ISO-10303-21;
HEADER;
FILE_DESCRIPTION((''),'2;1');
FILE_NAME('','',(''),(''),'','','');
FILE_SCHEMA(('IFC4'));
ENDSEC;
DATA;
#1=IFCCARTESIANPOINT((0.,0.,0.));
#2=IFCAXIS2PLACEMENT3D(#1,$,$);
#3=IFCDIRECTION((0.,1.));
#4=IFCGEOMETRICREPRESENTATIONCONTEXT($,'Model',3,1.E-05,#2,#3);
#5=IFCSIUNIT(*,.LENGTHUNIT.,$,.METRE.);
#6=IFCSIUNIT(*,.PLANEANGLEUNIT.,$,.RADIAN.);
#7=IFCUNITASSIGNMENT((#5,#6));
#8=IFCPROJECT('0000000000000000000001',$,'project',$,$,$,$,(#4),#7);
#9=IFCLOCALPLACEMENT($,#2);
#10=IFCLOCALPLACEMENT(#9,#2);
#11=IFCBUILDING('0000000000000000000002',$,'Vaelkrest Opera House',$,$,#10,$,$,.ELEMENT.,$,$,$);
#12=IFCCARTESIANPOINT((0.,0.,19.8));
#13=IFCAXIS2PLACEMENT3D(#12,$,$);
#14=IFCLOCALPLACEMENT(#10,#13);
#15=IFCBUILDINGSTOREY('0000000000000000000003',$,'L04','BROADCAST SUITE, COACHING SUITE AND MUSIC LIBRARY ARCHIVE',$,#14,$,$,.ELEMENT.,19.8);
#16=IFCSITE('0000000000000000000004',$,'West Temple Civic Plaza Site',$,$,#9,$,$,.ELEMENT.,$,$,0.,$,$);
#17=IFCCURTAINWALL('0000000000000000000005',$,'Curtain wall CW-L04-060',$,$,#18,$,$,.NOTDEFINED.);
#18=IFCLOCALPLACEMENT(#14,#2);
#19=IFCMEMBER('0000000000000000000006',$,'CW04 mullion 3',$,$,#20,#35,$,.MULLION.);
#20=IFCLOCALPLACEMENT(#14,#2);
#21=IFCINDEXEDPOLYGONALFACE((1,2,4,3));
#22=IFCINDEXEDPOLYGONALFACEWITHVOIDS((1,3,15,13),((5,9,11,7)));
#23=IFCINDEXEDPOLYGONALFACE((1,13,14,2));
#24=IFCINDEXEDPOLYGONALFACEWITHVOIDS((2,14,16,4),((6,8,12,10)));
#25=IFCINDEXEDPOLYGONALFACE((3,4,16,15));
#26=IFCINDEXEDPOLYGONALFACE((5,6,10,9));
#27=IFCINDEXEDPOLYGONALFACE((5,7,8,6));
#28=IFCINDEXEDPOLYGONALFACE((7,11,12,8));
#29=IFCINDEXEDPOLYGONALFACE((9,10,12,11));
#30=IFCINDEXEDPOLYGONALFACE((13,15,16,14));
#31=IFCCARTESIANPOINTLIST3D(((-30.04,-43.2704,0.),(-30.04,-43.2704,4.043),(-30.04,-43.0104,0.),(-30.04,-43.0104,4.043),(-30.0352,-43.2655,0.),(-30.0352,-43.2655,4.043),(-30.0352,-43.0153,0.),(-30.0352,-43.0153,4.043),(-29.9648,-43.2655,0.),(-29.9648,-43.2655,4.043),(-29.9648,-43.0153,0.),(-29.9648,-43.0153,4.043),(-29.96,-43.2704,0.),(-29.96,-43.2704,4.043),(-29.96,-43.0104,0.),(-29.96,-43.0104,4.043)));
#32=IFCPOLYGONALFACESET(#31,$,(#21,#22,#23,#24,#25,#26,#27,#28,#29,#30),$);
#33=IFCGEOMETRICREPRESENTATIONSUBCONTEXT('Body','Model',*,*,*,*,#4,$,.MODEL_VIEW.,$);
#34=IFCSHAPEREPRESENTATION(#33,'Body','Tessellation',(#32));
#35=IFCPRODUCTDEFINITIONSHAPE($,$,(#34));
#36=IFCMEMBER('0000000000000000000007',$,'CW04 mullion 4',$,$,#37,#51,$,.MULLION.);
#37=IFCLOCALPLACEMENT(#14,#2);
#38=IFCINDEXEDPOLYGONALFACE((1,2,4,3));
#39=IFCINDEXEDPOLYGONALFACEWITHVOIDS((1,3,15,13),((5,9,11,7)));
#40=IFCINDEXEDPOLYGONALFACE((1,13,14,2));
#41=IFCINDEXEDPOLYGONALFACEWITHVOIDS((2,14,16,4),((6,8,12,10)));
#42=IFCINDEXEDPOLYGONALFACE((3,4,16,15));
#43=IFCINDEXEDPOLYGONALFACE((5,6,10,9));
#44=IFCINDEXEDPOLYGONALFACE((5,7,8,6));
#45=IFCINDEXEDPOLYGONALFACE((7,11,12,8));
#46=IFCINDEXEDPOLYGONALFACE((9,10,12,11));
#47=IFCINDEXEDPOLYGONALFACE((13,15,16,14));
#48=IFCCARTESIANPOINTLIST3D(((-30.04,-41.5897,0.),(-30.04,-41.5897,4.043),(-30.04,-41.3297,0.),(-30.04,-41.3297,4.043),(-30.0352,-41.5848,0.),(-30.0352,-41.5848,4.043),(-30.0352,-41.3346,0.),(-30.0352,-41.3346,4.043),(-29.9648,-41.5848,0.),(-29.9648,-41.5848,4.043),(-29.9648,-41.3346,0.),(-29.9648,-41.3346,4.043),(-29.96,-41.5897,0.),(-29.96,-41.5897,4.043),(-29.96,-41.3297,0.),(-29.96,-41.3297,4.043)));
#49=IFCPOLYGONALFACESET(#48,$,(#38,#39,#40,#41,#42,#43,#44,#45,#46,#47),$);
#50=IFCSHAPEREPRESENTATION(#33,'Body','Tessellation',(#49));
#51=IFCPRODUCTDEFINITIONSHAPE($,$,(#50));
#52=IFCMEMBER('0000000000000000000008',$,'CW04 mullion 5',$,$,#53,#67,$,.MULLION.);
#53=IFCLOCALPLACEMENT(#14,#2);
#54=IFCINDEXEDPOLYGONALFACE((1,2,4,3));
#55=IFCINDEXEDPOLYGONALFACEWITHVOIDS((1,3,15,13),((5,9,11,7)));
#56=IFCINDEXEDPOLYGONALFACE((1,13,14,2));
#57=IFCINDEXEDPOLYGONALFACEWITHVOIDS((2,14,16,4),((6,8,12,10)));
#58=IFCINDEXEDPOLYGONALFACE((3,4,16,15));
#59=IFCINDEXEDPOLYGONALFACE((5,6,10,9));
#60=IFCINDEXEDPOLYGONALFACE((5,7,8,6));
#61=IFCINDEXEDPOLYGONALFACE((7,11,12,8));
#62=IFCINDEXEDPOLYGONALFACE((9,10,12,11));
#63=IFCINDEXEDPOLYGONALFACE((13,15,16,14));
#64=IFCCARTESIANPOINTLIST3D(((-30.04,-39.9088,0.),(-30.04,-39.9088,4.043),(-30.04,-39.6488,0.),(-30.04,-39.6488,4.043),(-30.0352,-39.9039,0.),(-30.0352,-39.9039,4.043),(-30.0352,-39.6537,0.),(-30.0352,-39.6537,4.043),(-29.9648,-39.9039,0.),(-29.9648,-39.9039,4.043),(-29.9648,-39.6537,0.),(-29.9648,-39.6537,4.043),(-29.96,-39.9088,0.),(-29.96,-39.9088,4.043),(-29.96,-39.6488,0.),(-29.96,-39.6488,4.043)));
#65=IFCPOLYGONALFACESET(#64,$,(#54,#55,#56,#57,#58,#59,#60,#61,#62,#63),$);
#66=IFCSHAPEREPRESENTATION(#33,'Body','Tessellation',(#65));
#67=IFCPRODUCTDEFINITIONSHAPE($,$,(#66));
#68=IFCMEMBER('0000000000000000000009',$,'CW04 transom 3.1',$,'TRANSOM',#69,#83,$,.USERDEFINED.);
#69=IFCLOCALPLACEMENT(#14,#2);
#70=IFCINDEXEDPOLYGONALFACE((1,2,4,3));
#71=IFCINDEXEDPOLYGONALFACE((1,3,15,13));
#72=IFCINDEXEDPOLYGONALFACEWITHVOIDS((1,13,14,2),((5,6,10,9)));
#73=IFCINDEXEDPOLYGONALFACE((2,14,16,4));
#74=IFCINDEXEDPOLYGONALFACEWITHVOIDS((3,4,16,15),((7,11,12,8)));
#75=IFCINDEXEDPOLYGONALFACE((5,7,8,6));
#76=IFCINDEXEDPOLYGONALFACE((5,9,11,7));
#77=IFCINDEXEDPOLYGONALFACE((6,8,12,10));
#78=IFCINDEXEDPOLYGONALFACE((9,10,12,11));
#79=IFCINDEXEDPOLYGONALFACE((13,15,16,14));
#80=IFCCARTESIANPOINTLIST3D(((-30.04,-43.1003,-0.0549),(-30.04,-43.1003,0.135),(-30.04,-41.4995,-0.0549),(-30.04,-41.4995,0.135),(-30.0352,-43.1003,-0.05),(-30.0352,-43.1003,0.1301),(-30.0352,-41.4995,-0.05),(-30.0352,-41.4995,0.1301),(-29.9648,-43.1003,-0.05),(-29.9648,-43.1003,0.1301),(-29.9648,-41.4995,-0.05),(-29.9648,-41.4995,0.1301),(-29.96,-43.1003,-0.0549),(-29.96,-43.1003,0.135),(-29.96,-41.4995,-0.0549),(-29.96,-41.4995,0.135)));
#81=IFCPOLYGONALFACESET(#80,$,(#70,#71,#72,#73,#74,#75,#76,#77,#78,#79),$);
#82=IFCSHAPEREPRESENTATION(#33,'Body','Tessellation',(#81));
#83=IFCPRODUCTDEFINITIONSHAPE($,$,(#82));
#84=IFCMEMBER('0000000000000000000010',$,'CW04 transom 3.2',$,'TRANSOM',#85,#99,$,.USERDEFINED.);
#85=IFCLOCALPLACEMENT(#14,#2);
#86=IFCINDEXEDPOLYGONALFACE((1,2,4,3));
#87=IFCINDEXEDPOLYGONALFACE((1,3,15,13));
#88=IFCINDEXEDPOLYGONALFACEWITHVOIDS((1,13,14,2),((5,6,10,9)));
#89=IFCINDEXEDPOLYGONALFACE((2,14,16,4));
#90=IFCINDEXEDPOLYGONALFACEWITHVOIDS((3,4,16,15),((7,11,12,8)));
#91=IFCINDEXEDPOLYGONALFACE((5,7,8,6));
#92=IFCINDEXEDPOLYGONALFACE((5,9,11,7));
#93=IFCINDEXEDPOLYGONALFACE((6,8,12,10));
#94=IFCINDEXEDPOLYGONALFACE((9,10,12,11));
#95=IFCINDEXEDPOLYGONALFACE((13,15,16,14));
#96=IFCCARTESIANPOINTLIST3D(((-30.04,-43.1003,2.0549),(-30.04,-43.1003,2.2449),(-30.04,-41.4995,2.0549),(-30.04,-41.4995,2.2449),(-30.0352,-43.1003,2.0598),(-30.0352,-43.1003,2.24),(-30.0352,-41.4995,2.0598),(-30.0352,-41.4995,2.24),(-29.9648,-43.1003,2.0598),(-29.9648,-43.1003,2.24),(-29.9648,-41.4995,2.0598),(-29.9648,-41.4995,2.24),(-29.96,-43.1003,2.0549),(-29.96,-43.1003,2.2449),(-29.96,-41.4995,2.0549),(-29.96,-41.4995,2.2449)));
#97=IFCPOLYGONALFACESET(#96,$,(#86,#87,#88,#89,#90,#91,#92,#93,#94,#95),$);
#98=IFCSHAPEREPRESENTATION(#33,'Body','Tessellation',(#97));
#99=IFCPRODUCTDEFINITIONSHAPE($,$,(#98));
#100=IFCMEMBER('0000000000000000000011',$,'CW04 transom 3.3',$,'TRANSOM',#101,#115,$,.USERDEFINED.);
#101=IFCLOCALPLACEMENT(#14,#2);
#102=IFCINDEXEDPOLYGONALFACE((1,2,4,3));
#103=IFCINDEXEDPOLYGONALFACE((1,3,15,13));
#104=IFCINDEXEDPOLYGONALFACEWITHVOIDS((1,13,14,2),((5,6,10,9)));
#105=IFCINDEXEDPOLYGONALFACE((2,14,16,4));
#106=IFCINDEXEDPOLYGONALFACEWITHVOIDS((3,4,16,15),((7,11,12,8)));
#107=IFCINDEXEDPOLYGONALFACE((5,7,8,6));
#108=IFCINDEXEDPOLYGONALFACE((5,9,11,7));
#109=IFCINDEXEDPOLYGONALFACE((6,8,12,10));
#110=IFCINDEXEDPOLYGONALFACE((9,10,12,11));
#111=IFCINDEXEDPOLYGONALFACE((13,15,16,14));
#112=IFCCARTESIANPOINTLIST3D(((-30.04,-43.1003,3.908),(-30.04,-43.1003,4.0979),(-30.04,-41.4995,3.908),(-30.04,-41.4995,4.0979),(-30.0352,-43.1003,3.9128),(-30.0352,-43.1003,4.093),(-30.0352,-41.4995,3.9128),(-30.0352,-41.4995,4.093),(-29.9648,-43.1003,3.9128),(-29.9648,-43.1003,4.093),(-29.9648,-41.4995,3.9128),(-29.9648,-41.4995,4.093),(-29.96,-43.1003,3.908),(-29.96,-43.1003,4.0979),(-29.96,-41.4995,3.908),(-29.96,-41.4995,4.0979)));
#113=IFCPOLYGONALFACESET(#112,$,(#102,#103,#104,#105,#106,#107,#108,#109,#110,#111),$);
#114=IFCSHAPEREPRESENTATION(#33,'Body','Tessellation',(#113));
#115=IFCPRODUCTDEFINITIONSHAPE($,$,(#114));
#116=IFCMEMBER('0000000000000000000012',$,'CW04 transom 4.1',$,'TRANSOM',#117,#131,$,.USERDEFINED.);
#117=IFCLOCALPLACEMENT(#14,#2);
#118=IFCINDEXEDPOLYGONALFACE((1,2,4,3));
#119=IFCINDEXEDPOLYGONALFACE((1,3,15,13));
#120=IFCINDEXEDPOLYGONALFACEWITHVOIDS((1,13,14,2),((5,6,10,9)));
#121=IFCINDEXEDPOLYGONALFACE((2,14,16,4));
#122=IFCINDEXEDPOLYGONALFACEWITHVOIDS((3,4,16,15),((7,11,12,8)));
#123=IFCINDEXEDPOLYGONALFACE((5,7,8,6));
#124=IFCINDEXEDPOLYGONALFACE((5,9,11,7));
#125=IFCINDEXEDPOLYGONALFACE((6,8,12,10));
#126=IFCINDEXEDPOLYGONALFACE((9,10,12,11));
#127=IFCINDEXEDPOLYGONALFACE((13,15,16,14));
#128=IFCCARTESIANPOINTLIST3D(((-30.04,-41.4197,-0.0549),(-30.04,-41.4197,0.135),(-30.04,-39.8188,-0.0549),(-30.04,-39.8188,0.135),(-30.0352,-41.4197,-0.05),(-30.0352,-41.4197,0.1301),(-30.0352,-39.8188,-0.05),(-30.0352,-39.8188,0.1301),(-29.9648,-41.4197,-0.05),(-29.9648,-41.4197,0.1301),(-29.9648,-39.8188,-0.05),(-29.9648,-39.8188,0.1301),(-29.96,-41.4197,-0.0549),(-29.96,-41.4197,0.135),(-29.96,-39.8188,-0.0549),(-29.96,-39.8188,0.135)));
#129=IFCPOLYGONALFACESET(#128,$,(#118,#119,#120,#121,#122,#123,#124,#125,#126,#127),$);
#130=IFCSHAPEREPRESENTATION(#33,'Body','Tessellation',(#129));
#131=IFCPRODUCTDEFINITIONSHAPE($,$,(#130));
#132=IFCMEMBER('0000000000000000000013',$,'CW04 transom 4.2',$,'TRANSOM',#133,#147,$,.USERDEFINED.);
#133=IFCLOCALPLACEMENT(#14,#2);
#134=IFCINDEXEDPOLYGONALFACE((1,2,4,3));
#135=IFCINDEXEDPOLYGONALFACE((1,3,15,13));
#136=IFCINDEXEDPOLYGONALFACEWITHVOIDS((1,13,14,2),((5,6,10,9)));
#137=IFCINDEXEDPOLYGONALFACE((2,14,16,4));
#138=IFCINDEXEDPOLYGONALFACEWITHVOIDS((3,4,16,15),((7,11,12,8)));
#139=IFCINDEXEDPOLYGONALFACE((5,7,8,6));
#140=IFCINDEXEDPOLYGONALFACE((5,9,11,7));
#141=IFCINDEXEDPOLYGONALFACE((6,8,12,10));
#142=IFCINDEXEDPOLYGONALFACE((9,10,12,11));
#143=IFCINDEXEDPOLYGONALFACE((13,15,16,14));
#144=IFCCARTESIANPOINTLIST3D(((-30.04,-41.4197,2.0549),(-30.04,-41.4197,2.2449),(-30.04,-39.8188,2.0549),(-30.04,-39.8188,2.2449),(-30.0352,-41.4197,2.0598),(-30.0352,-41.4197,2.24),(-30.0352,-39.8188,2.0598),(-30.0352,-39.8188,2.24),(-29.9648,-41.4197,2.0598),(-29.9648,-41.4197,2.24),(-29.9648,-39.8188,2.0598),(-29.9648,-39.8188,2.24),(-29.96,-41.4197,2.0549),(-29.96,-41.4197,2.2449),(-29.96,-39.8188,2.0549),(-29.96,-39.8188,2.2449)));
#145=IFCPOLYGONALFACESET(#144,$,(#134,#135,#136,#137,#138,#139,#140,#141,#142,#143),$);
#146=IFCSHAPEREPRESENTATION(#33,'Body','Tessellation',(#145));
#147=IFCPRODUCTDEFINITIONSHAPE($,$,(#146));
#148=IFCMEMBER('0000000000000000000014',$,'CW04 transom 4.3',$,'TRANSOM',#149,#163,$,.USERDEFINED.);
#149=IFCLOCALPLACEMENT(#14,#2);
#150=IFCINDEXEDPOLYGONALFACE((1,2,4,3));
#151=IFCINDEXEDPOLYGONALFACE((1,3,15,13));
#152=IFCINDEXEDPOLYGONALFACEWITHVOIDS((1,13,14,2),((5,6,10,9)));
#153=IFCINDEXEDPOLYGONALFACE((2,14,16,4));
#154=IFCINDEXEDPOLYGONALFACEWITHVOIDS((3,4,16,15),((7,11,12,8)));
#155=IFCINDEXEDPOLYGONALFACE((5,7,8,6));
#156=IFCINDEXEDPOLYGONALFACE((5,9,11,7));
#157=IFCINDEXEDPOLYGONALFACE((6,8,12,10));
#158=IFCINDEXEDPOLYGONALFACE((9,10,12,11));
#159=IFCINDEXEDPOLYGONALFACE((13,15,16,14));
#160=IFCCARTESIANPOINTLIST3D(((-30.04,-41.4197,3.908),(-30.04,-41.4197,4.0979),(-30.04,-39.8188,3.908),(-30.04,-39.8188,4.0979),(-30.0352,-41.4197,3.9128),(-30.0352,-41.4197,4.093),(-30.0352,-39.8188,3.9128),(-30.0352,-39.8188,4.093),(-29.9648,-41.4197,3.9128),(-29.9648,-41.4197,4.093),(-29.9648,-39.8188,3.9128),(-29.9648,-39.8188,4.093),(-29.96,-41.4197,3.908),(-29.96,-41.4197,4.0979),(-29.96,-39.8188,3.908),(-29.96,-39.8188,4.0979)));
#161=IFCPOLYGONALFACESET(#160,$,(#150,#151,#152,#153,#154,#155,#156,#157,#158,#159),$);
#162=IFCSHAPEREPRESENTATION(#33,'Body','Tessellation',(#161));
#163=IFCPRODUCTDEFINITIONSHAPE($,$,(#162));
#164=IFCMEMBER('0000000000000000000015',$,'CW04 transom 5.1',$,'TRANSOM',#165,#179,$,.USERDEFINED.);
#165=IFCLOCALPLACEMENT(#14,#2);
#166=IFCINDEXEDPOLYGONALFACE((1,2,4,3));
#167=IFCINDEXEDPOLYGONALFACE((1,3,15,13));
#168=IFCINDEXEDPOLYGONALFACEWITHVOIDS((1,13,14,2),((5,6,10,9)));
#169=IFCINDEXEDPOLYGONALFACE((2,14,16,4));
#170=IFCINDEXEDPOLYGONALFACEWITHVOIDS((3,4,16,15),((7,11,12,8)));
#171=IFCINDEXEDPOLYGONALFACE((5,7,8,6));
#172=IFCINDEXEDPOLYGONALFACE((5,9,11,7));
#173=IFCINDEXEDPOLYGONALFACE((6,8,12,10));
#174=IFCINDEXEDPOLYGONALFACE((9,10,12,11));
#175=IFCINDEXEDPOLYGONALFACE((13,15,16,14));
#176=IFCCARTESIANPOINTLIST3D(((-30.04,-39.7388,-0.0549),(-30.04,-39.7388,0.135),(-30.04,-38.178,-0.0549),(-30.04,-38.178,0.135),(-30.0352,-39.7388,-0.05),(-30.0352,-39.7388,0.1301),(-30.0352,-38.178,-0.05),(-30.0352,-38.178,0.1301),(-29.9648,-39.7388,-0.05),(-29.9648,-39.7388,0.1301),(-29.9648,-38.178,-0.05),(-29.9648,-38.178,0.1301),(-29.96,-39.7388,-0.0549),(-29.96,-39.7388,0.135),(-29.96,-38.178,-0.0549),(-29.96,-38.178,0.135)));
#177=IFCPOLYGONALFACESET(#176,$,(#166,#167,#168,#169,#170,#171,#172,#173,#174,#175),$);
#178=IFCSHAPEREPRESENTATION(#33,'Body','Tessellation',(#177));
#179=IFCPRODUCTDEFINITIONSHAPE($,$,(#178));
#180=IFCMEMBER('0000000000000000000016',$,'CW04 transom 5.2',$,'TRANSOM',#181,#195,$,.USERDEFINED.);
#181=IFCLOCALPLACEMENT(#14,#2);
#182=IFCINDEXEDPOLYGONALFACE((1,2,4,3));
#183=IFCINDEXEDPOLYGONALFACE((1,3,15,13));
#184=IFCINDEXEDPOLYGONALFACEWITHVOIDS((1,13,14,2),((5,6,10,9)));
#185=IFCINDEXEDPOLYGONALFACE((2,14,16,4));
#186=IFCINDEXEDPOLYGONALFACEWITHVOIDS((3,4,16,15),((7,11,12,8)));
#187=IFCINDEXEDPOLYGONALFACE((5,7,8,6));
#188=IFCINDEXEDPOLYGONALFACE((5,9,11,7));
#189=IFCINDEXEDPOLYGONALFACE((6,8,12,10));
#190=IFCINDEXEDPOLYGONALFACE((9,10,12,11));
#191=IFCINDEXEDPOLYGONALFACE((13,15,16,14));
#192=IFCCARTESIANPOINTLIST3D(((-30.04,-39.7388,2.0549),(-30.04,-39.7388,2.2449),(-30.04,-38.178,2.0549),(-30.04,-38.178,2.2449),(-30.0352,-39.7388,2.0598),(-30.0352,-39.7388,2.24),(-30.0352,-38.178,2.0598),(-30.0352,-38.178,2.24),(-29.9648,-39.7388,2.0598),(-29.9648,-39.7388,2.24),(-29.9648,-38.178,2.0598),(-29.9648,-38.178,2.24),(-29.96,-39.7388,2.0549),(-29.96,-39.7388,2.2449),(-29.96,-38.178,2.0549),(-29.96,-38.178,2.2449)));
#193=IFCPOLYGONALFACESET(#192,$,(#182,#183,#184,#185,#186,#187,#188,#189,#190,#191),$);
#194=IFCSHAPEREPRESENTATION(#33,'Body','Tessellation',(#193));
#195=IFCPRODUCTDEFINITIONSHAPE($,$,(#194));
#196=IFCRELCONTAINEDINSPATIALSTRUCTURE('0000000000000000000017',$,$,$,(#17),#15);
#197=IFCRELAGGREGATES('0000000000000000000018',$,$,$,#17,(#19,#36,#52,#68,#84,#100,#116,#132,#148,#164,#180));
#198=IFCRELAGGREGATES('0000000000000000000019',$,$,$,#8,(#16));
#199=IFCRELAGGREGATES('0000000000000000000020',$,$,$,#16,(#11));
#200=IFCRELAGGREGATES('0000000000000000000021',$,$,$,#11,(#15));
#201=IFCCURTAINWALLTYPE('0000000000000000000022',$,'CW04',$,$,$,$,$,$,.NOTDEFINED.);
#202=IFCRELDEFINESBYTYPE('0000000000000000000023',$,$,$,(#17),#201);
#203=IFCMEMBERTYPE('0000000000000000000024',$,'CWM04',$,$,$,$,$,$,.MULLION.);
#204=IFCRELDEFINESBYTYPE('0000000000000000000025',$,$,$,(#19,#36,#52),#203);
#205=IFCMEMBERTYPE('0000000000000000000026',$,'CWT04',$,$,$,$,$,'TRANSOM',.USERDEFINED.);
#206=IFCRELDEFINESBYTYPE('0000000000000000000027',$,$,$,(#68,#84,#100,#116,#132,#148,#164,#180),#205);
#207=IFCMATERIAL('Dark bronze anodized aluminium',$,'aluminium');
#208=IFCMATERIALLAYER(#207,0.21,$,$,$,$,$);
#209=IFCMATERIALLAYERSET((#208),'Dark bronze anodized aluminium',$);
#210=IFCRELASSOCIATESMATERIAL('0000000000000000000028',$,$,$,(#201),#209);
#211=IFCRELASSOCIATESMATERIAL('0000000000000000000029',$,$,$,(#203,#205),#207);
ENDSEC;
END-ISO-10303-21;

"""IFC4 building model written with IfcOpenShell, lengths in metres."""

from ifc_helpers import new_model, si_unit, direction, frame, origin, origin_2d, place, context, subcontext, project, spatial, hollow_rectangle, extrude, material, layer, layer_set, material_profile, profile_set, type_object, element, aggregate, save


model = new_model("IFC4")

# Units and contexts
model_context = context("Model", 3, precision=1e-05, world=origin(), true_north=direction((0.0, 1.0)))
body_context = subcontext(model_context, "Body", "Model", "MODEL_VIEW")
ifc_project = project(units=[si_unit("LENGTHUNIT", "METRE"), si_unit("PLANEANGLEUNIT", "RADIAN")], contexts=[model_context])

# Site, building, storey
site_placement = place(None, origin())
site = spatial("IfcSite", under=ifc_project, at=site_placement, Name="West Temple Civic Plaza Site", CompositionType="ELEMENT", RefElevation=0.0)
building_placement = place(site_placement, origin())
building = spatial("IfcBuilding", under=site, at=building_placement, Name="Vaelkrest Opera House", CompositionType="ELEMENT")
storey_placement = place(building_placement, frame((0.0, 0.0, 19.8)))
storey = spatial("IfcBuildingStorey", under=building, at=storey_placement, Name="L04", Description="BROADCAST SUITE, COACHING SUITE AND MUSIC LIBRARY ARCHIVE", CompositionType="ELEMENT", Elevation=19.8)

# Curtain wall, members
ifc_material_1 = material(Name="Dark bronze anodized aluminium", Category="aluminium")
ifc_layer_1 = layer(ifc_material_1, 0.21)
ifc_layer_set_1 = layer_set([ifc_layer_1], Name="Dark bronze anodized aluminium")
curtain_wall_type = type_object("IfcCurtainWallType", Name="CW04", PredefinedType="NOTDEFINED", material=ifc_layer_set_1)
curtain_wall_placement = place(storey_placement, origin())
curtain_wall = element("IfcCurtainWall", 1, at=curtain_wall_placement, inside=storey, type_object=curtain_wall_type, Name="Curtain wall CW-L04-060", PredefinedType="NOTDEFINED")
ifc_material_profile_1 = material_profile(ifc_material_1, hollow_rectangle(XDim=0.0801, YDim=0.26, WallThickness=0.0049, at=origin_2d()), Name="CWM80X260")
ifc_profile_set_1 = profile_set([ifc_material_profile_1], Name="Dark bronze anodized aluminium")
member_type_1 = type_object("IfcMemberType", Name="CWM04", PredefinedType="MULLION", material=ifc_profile_set_1)
member_1_placement = place(storey_placement, frame((-30.0, -43.1404, 0.0), z_axis=(0.0, 0.0, 1.0), x_axis=(-1.0, 0.0, 0.0)))
member_1 = element("IfcMember", 2, at=member_1_placement, type_object=member_type_1, Name="CW04 mullion 3", PredefinedType="MULLION", context=body_context, shape_type="SweptSolid", body=[
    extrude(hollow_rectangle(XDim=0.0801, YDim=0.26, WallThickness=0.0049, at=origin_2d()), origin(), (0.0, 0.0, 1.0), 4.043),
])
member_2_placement = place(storey_placement, frame((-30.0, -41.4597, 0.0), z_axis=(0.0, 0.0, 1.0), x_axis=(-1.0, 0.0, 0.0)))
member_2 = element("IfcMember", 3, at=member_2_placement, type_object=member_type_1, Name="CW04 mullion 4", PredefinedType="MULLION", context=body_context, shape_type="SweptSolid", body=[
    extrude(hollow_rectangle(XDim=0.0801, YDim=0.26, WallThickness=0.0049, at=origin_2d()), origin(), (0.0, 0.0, 1.0), 4.043),
])
member_3_placement = place(storey_placement, frame((-30.0, -39.7788, 0.0), z_axis=(0.0, 0.0, 1.0), x_axis=(-1.0, 0.0, 0.0)))
member_3 = element("IfcMember", 4, at=member_3_placement, type_object=member_type_1, Name="CW04 mullion 5", PredefinedType="MULLION", context=body_context, shape_type="SweptSolid", body=[
    extrude(hollow_rectangle(XDim=0.0801, YDim=0.26, WallThickness=0.0049, at=origin_2d()), origin(), (0.0, 0.0, 1.0), 4.043),
])
ifc_material_profile_2 = material_profile(ifc_material_1, hollow_rectangle(XDim=0.0801, YDim=0.1899, WallThickness=0.0049, at=origin_2d()), Name="CWT80X190")
ifc_profile_set_2 = profile_set([ifc_material_profile_2], Name="Dark bronze anodized aluminium")
member_type_2 = type_object("IfcMemberType", Name="CWT04", ElementType="TRANSOM", PredefinedType="USERDEFINED", material=ifc_profile_set_2)
member_4_placement = place(storey_placement, frame((-30.0, -43.1003, 0.04), z_axis=(0.0, 1.0, 0.0), x_axis=(-1.0, 0.0, 0.0)))
member_4 = element("IfcMember", 5, at=member_4_placement, type_object=member_type_2, Name="CW04 transom 3.1", ObjectType="TRANSOM", PredefinedType="USERDEFINED", context=body_context, shape_type="SweptSolid", body=[
    extrude(hollow_rectangle(XDim=0.0801, YDim=0.1899, WallThickness=0.0049, at=origin_2d()), origin(), (0.0, 0.0, 1.0), 1.6008),
])
member_5_placement = place(storey_placement, frame((-30.0, -43.1003, 2.1499), z_axis=(0.0, 1.0, 0.0), x_axis=(-1.0, 0.0, 0.0)))
member_5 = element("IfcMember", 6, at=member_5_placement, type_object=member_type_2, Name="CW04 transom 3.2", ObjectType="TRANSOM", PredefinedType="USERDEFINED", context=body_context, shape_type="SweptSolid", body=[
    extrude(hollow_rectangle(XDim=0.0801, YDim=0.1899, WallThickness=0.0049, at=origin_2d()), origin(), (0.0, 0.0, 1.0), 1.6008),
])
member_6_placement = place(storey_placement, frame((-30.0, -43.1003, 4.0029), z_axis=(0.0, 1.0, 0.0), x_axis=(-1.0, 0.0, 0.0)))
member_6 = element("IfcMember", 7, at=member_6_placement, type_object=member_type_2, Name="CW04 transom 3.3", ObjectType="TRANSOM", PredefinedType="USERDEFINED", context=body_context, shape_type="SweptSolid", body=[
    extrude(hollow_rectangle(XDim=0.0801, YDim=0.1899, WallThickness=0.0049, at=origin_2d()), origin(), (0.0, 0.0, 1.0), 1.6008),
])
member_7_placement = place(storey_placement, frame((-30.0, -41.4197, 0.04), z_axis=(0.0, 1.0, 0.0), x_axis=(-1.0, 0.0, 0.0)))
member_7 = element("IfcMember", 8, at=member_7_placement, type_object=member_type_2, Name="CW04 transom 4.1", ObjectType="TRANSOM", PredefinedType="USERDEFINED", context=body_context, shape_type="SweptSolid", body=[
    extrude(hollow_rectangle(XDim=0.0801, YDim=0.1899, WallThickness=0.0049, at=origin_2d()), origin(), (0.0, 0.0, 1.0), 1.6008),
])
member_8_placement = place(storey_placement, frame((-30.0, -41.4197, 2.1499), z_axis=(0.0, 1.0, 0.0), x_axis=(-1.0, 0.0, 0.0)))
member_8 = element("IfcMember", 9, at=member_8_placement, type_object=member_type_2, Name="CW04 transom 4.2", ObjectType="TRANSOM", PredefinedType="USERDEFINED", context=body_context, shape_type="SweptSolid", body=[
    extrude(hollow_rectangle(XDim=0.0801, YDim=0.1899, WallThickness=0.0049, at=origin_2d()), origin(), (0.0, 0.0, 1.0), 1.6008),
])
member_9_placement = place(storey_placement, frame((-30.0, -41.4197, 4.0029), z_axis=(0.0, 1.0, 0.0), x_axis=(-1.0, 0.0, 0.0)))
member_9 = element("IfcMember", 10, at=member_9_placement, type_object=member_type_2, Name="CW04 transom 4.3", ObjectType="TRANSOM", PredefinedType="USERDEFINED", context=body_context, shape_type="SweptSolid", body=[
    extrude(hollow_rectangle(XDim=0.0801, YDim=0.1899, WallThickness=0.0049, at=origin_2d()), origin(), (0.0, 0.0, 1.0), 1.6008),
])
member_10_placement = place(storey_placement, frame((-30.0, -39.7388, 0.04), z_axis=(0.0, 1.0, 0.0), x_axis=(-1.0, 0.0, 0.0)))
member_10 = element("IfcMember", 11, at=member_10_placement, type_object=member_type_2, Name="CW04 transom 5.1", ObjectType="TRANSOM", PredefinedType="USERDEFINED", context=body_context, shape_type="SweptSolid", body=[
    extrude(hollow_rectangle(XDim=0.0801, YDim=0.1899, WallThickness=0.0049, at=origin_2d()), origin(), (0.0, 0.0, 1.0), 1.5608),
])
member_11_placement = place(storey_placement, frame((-30.0, -39.7388, 2.1499), z_axis=(0.0, 1.0, 0.0), x_axis=(-1.0, 0.0, 0.0)))
member_11 = element("IfcMember", 12, at=member_11_placement, type_object=member_type_2, Name="CW04 transom 5.2", ObjectType="TRANSOM", PredefinedType="USERDEFINED", context=body_context, shape_type="SweptSolid", body=[
    extrude(hollow_rectangle(XDim=0.0801, YDim=0.1899, WallThickness=0.0049, at=origin_2d()), origin(), (0.0, 0.0, 1.0), 1.5608),
])
aggregate(curtain_wall, [member_1, member_2, member_3, member_4, member_5, member_6, member_7, member_8, member_9, member_10, member_11])

save(model, "model.ifc")
